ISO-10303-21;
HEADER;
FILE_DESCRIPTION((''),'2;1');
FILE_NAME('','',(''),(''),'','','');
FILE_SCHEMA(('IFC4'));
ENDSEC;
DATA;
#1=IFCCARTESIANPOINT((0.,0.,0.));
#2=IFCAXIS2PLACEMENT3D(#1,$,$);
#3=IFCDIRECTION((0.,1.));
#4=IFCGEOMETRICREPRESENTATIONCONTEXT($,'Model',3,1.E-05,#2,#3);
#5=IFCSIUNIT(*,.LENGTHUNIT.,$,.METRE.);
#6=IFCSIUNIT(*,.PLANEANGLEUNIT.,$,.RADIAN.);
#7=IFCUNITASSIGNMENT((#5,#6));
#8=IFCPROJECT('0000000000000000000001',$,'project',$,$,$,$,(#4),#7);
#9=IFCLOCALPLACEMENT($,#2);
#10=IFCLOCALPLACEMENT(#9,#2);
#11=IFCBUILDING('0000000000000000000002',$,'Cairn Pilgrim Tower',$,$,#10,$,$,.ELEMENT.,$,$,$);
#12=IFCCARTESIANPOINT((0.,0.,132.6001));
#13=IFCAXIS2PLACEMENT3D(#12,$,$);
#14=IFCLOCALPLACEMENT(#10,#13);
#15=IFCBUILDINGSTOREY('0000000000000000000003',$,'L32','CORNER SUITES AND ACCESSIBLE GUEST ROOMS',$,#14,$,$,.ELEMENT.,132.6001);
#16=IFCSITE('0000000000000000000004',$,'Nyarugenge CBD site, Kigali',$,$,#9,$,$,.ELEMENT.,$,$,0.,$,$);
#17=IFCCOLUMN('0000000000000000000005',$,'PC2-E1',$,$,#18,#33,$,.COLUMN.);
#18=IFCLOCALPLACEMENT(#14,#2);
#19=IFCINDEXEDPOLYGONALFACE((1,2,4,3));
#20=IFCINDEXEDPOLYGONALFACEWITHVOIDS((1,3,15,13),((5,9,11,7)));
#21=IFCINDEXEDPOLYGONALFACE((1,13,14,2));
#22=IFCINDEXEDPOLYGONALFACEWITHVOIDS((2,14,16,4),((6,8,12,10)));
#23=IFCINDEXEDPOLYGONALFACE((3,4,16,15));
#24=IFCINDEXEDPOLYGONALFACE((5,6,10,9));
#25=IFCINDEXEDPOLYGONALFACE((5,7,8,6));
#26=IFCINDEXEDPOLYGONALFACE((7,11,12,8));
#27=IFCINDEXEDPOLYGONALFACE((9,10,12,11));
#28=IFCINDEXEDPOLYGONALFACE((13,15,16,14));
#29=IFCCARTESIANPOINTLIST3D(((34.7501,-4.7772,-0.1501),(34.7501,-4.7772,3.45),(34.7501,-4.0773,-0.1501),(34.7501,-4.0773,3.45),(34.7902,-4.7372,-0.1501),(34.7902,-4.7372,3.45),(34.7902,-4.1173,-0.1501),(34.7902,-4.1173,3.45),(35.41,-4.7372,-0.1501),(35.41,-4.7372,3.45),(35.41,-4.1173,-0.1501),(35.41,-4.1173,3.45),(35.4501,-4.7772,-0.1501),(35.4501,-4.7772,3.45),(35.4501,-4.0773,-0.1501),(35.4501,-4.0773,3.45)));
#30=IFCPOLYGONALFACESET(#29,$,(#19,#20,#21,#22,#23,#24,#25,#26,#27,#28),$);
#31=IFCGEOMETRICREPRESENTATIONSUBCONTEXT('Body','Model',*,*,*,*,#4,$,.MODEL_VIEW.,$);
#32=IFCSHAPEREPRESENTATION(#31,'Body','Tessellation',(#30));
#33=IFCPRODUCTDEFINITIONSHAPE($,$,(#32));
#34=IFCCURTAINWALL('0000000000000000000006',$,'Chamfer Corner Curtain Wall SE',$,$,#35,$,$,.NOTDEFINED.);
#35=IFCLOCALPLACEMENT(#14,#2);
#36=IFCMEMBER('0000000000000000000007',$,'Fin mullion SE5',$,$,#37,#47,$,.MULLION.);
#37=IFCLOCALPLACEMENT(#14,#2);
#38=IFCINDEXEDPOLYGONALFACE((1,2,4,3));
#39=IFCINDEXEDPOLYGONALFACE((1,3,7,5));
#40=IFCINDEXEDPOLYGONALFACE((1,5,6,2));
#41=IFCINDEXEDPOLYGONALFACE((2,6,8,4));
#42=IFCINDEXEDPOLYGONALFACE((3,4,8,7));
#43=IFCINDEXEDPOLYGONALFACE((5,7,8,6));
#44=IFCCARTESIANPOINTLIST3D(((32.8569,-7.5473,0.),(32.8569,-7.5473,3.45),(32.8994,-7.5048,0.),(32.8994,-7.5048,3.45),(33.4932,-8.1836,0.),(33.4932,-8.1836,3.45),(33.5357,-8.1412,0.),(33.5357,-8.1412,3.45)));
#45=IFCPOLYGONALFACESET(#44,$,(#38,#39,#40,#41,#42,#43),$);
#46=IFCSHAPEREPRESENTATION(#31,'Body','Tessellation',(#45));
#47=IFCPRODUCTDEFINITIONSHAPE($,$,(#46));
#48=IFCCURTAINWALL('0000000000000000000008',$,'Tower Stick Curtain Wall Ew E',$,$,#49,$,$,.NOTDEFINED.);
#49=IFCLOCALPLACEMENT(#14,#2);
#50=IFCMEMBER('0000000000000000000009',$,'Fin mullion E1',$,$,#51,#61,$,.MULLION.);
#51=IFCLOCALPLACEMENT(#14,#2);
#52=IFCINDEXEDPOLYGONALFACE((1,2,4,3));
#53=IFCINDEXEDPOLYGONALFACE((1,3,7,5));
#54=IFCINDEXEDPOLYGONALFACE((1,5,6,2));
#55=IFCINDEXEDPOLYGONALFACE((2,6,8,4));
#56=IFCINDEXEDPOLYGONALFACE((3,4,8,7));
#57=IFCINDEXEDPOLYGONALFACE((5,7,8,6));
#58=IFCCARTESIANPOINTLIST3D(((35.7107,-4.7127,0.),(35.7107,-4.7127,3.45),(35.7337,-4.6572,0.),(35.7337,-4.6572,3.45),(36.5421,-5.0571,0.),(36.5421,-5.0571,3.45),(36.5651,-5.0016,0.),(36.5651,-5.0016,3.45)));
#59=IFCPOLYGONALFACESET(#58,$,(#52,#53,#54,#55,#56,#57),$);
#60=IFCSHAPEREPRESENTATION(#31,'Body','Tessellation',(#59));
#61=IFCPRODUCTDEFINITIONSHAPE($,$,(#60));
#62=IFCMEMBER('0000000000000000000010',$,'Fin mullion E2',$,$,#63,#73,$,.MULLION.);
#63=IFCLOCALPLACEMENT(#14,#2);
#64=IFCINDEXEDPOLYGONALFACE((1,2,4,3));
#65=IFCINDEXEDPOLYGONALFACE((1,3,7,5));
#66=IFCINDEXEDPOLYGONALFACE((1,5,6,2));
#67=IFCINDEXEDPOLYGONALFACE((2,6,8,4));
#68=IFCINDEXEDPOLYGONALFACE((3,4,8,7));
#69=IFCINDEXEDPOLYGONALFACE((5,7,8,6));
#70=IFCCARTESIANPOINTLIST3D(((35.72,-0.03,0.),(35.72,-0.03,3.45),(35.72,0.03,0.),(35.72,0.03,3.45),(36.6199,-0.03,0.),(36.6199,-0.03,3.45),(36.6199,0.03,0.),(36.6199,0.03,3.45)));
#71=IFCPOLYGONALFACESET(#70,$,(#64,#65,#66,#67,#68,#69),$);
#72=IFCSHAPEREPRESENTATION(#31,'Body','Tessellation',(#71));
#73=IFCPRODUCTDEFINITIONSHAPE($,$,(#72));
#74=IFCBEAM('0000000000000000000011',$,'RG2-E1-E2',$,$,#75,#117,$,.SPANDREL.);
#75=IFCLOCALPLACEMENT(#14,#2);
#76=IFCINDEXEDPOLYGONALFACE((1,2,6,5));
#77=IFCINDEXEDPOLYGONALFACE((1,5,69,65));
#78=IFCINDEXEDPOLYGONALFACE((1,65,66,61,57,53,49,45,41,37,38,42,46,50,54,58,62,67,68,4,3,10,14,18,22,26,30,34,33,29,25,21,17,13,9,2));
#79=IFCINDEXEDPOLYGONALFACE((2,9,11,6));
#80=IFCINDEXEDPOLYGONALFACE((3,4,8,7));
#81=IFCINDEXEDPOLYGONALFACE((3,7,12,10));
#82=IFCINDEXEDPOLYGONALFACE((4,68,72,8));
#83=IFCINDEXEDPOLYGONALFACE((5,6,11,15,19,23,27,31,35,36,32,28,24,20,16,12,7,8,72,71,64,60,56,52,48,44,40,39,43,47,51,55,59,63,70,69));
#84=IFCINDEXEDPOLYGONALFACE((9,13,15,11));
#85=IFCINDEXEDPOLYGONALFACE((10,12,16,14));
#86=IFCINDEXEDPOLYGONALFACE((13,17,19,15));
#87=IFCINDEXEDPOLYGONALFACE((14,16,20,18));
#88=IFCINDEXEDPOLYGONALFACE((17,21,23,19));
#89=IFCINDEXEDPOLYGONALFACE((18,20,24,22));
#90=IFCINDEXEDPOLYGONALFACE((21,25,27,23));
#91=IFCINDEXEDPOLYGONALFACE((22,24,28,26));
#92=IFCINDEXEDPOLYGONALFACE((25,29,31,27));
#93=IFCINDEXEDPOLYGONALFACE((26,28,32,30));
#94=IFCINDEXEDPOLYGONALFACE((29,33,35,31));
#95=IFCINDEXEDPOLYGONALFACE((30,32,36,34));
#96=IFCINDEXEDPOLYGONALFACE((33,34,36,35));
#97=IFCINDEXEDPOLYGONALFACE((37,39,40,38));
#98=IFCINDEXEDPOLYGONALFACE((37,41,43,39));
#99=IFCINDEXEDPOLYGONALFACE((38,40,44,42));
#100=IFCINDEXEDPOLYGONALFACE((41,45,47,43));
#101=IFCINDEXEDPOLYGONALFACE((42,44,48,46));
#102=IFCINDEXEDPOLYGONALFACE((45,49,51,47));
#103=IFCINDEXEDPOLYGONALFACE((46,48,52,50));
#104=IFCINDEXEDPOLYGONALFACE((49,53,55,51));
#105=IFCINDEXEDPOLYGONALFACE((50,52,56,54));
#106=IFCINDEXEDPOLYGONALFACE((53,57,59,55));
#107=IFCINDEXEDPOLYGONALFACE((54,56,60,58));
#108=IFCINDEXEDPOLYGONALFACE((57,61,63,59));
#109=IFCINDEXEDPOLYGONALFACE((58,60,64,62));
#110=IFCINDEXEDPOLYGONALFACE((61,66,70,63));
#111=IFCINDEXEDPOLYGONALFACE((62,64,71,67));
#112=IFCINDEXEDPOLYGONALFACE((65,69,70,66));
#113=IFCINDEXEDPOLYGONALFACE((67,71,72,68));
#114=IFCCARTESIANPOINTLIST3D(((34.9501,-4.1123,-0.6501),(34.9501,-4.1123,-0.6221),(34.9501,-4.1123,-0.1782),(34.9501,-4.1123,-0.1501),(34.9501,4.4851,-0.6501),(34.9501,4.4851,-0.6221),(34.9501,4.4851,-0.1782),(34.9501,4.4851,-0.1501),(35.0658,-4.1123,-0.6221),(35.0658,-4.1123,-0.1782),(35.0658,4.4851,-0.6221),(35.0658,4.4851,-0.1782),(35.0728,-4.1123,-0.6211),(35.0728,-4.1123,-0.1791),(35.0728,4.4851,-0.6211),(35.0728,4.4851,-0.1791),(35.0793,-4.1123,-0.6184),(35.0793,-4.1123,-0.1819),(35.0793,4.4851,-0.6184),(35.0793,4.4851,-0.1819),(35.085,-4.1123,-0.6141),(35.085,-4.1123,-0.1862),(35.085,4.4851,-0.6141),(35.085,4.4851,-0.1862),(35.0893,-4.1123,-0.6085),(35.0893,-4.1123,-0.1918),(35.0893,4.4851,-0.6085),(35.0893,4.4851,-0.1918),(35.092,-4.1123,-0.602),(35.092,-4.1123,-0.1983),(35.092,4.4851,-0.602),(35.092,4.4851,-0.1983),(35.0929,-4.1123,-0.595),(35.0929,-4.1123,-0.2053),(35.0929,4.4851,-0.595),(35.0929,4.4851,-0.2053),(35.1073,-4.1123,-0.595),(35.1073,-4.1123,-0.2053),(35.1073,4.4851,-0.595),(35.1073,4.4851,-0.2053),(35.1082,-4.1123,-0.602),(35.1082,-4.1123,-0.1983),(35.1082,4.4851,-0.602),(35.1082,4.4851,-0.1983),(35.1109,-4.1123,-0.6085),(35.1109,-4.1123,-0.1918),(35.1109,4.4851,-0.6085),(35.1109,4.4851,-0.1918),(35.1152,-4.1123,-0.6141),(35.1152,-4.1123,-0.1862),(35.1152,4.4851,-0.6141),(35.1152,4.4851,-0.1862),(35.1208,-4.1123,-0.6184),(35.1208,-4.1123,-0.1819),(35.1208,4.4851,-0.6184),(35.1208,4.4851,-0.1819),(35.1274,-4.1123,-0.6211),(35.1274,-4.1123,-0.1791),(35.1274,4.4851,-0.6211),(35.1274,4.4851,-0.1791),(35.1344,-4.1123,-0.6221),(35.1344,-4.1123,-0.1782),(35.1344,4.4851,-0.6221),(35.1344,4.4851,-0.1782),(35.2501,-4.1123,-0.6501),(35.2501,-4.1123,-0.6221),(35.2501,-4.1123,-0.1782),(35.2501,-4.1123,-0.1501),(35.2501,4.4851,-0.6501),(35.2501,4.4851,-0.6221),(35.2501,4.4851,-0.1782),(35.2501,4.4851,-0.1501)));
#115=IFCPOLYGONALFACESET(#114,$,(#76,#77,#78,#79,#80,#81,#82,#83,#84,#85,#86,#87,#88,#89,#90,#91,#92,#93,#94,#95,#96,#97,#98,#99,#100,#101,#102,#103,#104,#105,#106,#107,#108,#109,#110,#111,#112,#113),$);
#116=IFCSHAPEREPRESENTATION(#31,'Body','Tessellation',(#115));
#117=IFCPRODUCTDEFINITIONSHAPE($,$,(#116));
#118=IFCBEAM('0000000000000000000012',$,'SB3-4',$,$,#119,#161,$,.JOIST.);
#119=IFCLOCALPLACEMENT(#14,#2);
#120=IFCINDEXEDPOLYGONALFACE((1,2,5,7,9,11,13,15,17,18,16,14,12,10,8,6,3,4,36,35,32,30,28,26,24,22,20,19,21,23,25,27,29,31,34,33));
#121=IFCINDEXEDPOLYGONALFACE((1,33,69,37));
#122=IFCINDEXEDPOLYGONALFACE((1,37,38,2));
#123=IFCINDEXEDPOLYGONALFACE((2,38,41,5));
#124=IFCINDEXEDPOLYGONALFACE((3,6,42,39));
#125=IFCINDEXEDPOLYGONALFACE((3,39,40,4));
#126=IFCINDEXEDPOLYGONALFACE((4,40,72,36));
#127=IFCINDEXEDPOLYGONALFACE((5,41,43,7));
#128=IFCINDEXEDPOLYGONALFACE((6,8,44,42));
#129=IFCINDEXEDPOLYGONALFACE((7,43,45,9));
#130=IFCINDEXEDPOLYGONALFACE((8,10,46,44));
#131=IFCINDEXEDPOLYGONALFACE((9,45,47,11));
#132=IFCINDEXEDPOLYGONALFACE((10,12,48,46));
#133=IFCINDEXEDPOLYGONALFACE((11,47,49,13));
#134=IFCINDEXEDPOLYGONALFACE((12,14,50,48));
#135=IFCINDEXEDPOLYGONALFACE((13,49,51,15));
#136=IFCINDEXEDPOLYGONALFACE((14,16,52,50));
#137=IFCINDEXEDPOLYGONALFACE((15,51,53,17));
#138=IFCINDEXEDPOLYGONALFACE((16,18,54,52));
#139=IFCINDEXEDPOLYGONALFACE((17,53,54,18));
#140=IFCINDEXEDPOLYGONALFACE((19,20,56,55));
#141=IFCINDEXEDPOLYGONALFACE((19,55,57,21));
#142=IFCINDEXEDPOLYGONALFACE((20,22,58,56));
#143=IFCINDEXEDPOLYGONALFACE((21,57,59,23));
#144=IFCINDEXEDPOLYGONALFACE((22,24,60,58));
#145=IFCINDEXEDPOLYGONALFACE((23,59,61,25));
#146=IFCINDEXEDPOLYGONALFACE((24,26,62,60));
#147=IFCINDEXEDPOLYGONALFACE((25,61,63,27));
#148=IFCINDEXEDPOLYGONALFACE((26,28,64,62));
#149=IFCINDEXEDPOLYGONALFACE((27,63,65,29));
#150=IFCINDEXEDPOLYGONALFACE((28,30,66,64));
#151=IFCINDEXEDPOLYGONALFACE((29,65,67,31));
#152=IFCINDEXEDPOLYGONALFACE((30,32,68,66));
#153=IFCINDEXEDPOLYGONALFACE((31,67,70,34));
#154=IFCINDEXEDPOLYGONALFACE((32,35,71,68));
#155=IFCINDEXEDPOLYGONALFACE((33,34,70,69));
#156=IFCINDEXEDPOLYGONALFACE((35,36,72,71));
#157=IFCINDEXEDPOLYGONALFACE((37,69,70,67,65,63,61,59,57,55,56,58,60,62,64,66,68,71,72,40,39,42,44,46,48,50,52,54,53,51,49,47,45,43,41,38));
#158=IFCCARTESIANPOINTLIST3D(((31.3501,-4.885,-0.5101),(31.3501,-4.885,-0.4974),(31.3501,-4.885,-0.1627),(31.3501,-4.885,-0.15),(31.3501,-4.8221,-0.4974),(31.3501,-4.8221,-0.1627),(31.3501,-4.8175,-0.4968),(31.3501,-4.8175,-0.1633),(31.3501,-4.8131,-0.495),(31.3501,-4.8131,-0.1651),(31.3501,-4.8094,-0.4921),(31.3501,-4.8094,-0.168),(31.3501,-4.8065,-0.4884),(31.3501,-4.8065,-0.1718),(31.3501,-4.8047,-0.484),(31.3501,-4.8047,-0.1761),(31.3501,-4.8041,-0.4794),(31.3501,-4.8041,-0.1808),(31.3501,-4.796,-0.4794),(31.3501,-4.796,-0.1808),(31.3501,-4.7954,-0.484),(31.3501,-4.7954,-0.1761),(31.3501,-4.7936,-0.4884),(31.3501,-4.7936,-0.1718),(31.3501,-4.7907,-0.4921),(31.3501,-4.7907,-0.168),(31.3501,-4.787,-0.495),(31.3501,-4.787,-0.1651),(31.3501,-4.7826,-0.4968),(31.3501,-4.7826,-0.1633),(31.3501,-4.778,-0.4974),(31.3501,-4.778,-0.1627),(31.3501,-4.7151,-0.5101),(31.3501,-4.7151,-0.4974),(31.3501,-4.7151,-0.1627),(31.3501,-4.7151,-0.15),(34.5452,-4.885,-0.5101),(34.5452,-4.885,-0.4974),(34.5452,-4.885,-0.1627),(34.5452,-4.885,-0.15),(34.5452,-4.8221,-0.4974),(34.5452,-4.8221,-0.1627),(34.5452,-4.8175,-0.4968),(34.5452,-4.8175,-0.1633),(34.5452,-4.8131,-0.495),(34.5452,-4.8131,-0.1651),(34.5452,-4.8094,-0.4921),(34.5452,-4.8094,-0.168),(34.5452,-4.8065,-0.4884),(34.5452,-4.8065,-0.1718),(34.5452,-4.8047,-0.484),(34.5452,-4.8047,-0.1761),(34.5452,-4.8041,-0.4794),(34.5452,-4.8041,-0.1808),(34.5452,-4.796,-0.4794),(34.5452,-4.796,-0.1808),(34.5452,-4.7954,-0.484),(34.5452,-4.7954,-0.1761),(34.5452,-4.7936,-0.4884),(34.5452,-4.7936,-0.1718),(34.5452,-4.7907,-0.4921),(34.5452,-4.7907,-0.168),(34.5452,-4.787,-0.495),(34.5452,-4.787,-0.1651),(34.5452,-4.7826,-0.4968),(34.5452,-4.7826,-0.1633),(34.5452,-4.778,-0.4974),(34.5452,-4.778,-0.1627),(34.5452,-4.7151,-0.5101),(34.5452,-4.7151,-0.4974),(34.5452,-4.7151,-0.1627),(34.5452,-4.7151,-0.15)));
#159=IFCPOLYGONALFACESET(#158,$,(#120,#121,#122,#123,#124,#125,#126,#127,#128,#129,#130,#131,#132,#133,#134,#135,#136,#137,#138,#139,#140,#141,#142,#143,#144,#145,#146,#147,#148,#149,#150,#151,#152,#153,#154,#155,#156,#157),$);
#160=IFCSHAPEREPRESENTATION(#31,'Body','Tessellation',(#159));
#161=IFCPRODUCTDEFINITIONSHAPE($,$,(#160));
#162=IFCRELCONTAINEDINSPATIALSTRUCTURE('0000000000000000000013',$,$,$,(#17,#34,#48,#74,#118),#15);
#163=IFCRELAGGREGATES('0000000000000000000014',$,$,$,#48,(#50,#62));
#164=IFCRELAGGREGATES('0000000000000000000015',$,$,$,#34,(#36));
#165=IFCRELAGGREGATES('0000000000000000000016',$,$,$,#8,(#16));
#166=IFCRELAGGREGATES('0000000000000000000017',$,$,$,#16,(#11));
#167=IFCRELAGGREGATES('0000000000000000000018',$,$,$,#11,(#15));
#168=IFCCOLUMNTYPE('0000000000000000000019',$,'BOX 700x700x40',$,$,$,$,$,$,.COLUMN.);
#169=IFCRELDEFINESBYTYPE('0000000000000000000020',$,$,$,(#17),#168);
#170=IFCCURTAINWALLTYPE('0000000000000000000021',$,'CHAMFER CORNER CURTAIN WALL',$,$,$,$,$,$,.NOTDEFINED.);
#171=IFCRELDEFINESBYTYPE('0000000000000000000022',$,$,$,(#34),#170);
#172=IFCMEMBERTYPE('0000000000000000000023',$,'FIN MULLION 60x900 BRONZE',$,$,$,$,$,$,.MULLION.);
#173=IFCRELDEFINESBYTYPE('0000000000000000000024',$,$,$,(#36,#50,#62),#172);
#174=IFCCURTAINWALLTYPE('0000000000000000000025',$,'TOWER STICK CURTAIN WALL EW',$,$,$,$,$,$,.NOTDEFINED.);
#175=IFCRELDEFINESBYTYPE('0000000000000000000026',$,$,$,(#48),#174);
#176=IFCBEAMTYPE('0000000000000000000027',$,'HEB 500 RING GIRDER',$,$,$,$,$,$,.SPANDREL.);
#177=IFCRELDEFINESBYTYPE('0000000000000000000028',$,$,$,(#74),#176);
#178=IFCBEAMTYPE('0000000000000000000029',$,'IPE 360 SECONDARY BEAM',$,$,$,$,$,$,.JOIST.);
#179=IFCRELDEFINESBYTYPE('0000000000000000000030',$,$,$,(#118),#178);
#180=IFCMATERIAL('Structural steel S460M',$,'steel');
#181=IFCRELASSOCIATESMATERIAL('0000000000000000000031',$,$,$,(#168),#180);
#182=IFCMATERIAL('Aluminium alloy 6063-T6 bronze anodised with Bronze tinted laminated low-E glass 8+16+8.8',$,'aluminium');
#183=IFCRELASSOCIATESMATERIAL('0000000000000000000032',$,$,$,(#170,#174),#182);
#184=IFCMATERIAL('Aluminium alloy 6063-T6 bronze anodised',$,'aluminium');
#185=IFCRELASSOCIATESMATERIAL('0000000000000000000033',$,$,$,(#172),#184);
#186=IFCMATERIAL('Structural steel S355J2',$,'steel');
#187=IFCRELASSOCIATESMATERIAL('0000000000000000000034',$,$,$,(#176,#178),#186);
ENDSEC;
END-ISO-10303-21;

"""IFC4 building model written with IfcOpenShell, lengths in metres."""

from ifc_helpers import new_model, si_unit, direction, frame, origin, origin_2d, place, context, subcontext, project, spatial, rectangle, hollow_rectangle, i_section, extrude, material, material_profile, profile_set, type_object, element, aggregate, save


model = new_model("IFC4")

# Units and contexts
model_context = context("Model", 3, precision=1e-05, world=origin(), true_north=direction((0.0, 1.0)))
body_context = subcontext(model_context, "Body", "Model", "MODEL_VIEW")
ifc_project = project(units=[si_unit("LENGTHUNIT", "METRE"), si_unit("PLANEANGLEUNIT", "RADIAN")], contexts=[model_context])

# Site, building, storey
site_placement = place(None, origin())
site = spatial("IfcSite", under=ifc_project, at=site_placement, Name="Nyarugenge CBD site, Kigali", CompositionType="ELEMENT", RefElevation=0.0)
building_placement = place(site_placement, origin())
building = spatial("IfcBuilding", under=site, at=building_placement, Name="Cairn Pilgrim Tower", CompositionType="ELEMENT")
storey_placement = place(building_placement, frame((0.0, 0.0, 132.6001)))
storey = spatial("IfcBuildingStorey", under=building, at=storey_placement, Name="L32", Description="CORNER SUITES AND ACCESSIBLE GUEST ROOMS", CompositionType="ELEMENT", Elevation=132.6001)

# Column
ifc_material_1 = material(Name="Structural steel S460M", Category="steel")
ifc_material_profile_1 = material_profile(ifc_material_1, hollow_rectangle(XDim=0.7, YDim=0.7, WallThickness=0.04, at=origin_2d()), Name="BOX 700x700x40")
ifc_profile_set_1 = profile_set([ifc_material_profile_1], Name="Structural steel S460M")
column_type = type_object("IfcColumnType", Name="BOX 700x700x40", PredefinedType="COLUMN", material=ifc_profile_set_1)
column_placement = place(storey_placement, frame((35.1001, -4.4272, -0.1501), z_axis=(0.0, 0.0, 1.0), x_axis=(1.0, 0.0, 0.0)))
element("IfcColumn", 1, at=column_placement, inside=storey, type_object=column_type, Name="PC2-E1", PredefinedType="COLUMN", context=body_context, shape_type="SweptSolid", body=[
    extrude(hollow_rectangle(XDim=0.7, YDim=0.7, WallThickness=0.04, at=origin_2d()), origin(), (0.0, 0.0, 1.0), 3.6001),
])

# Curtain wall, member
ifc_material_2 = material(Name="Aluminium alloy 6063-T6 bronze anodised with Bronze tinted laminated low-E glass 8+16+8.8", Category="aluminium")
curtain_wall_type_1 = type_object("IfcCurtainWallType", Name="CHAMFER CORNER CURTAIN WALL", PredefinedType="NOTDEFINED", material=ifc_material_2)
curtain_wall_1_placement = place(storey_placement, origin())
curtain_wall_1 = element("IfcCurtainWall", 2, at=curtain_wall_1_placement, inside=storey, type_object=curtain_wall_type_1, Name="Chamfer Corner Curtain Wall SE", PredefinedType="NOTDEFINED")
ifc_material_3 = material(Name="Aluminium alloy 6063-T6 bronze anodised", Category="aluminium")
ifc_material_profile_2 = material_profile(ifc_material_3, rectangle(XDim=0.8999, YDim=0.0601, at=origin_2d()), Name="FIN MULLION 60x900 BRONZE")
ifc_profile_set_2 = profile_set([ifc_material_profile_2], Name="Aluminium alloy 6063-T6 bronze anodised")
member_type_1 = type_object("IfcMemberType", Name="FIN MULLION 60x900 BRONZE", PredefinedType="MULLION", material=ifc_profile_set_2)
member_1_placement = place(storey_placement, frame((33.1963, -7.8442, 0.0), z_axis=(0.0, 0.0, 1.0), x_axis=(0.707107, -0.707107, 0.0)))
member_1 = element("IfcMember", 3, at=member_1_placement, type_object=member_type_1, Name="Fin mullion SE5", PredefinedType="MULLION", context=body_context, shape_type="SweptSolid", body=[
    extrude(rectangle(XDim=0.8999, YDim=0.0601, at=origin_2d()), origin(), (0.0, 0.0, 1.0), 3.45),
])

# Curtain wall, members
curtain_wall_type_2 = type_object("IfcCurtainWallType", Name="TOWER STICK CURTAIN WALL EW", PredefinedType="NOTDEFINED", material=ifc_material_2)
curtain_wall_2_placement = place(storey_placement, origin())
curtain_wall_2 = element("IfcCurtainWall", 4, at=curtain_wall_2_placement, inside=storey, type_object=curtain_wall_type_2, Name="Tower Stick Curtain Wall Ew E", PredefinedType="NOTDEFINED")
member_2_placement = place(storey_placement, frame((36.1379, -4.8572, 0.0), z_axis=(0.0, 0.0, 1.0), x_axis=(0.92388, -0.382683, 0.0)))
member_2 = element("IfcMember", 5, at=member_2_placement, type_object=member_type_1, Name="Fin mullion E1", PredefinedType="MULLION", context=body_context, shape_type="SweptSolid", body=[
    extrude(rectangle(XDim=0.8999, YDim=0.0601, at=origin_2d()), origin(), (0.0, 0.0, 1.0), 3.45),
])
member_3_placement = place(storey_placement, frame((36.1699, 0.0, 0.0), z_axis=(0.0, 0.0, 1.0), x_axis=(1.0, 0.0, 0.0)))
member_3 = element("IfcMember", 6, at=member_3_placement, type_object=member_type_1, Name="Fin mullion E2", PredefinedType="MULLION", context=body_context, shape_type="SweptSolid", body=[
    extrude(rectangle(XDim=0.8999, YDim=0.0601, at=origin_2d()), origin(), (0.0, 0.0, 1.0), 3.45),
])
aggregate(curtain_wall_2, [member_2, member_3])

# Beams
ifc_material_4 = material(Name="Structural steel S355J2", Category="steel")
ifc_material_profile_3 = material_profile(ifc_material_4, i_section(OverallWidth=0.3, OverallDepth=0.5, WebThickness=0.0144, FlangeThickness=0.0281, FilletRadius=0.0271, at=origin_2d()), Name="HEB 500")
ifc_profile_set_3 = profile_set([ifc_material_profile_3], Name="Structural steel S355J2")
beam_type_1 = type_object("IfcBeamType", Name="HEB 500 RING GIRDER", PredefinedType="SPANDREL", material=ifc_profile_set_3)
beam_1_placement = place(storey_placement, frame((35.1001, -4.1123, -0.4001), z_axis=(0.0, 1.0, 0.0), x_axis=(-1.0, 0.0, 0.0)))
element("IfcBeam", 7, at=beam_1_placement, inside=storey, type_object=beam_type_1, Name="RG2-E1-E2", PredefinedType="SPANDREL", context=body_context, shape_type="SweptSolid", body=[
    extrude(i_section(OverallWidth=0.3, OverallDepth=0.5, WebThickness=0.0144, FlangeThickness=0.0281, FilletRadius=0.0271, at=origin_2d()), origin(), (0.0, 0.0, 1.0), 8.5974),
])
ifc_material_profile_4 = material_profile(ifc_material_4, i_section(OverallWidth=0.1699, OverallDepth=0.3601, WebThickness=0.0081, FlangeThickness=0.0127, FilletRadius=0.0181, at=origin_2d()), Name="IPE 360")
ifc_profile_set_4 = profile_set([ifc_material_profile_4], Name="Structural steel S355J2")
beam_type_2 = type_object("IfcBeamType", Name="IPE 360 SECONDARY BEAM", PredefinedType="JOIST", material=ifc_profile_set_4)
beam_2_placement = place(storey_placement, frame((31.3501, -4.8, -0.3301), z_axis=(1.0, 0.0, 0.0), x_axis=(0.0, 1.0, 0.0)))
element("IfcBeam", 8, at=beam_2_placement, inside=storey, type_object=beam_type_2, Name="SB3-4", PredefinedType="JOIST", context=body_context, shape_type="SweptSolid", body=[
    extrude(i_section(OverallWidth=0.1699, OverallDepth=0.3601, WebThickness=0.0081, FlangeThickness=0.0127, FilletRadius=0.0181, at=origin_2d()), origin(), (0.0, 0.0, 1.0), 3.1951),
])

aggregate(curtain_wall_1, [member_1])

save(model, "model.ifc")
